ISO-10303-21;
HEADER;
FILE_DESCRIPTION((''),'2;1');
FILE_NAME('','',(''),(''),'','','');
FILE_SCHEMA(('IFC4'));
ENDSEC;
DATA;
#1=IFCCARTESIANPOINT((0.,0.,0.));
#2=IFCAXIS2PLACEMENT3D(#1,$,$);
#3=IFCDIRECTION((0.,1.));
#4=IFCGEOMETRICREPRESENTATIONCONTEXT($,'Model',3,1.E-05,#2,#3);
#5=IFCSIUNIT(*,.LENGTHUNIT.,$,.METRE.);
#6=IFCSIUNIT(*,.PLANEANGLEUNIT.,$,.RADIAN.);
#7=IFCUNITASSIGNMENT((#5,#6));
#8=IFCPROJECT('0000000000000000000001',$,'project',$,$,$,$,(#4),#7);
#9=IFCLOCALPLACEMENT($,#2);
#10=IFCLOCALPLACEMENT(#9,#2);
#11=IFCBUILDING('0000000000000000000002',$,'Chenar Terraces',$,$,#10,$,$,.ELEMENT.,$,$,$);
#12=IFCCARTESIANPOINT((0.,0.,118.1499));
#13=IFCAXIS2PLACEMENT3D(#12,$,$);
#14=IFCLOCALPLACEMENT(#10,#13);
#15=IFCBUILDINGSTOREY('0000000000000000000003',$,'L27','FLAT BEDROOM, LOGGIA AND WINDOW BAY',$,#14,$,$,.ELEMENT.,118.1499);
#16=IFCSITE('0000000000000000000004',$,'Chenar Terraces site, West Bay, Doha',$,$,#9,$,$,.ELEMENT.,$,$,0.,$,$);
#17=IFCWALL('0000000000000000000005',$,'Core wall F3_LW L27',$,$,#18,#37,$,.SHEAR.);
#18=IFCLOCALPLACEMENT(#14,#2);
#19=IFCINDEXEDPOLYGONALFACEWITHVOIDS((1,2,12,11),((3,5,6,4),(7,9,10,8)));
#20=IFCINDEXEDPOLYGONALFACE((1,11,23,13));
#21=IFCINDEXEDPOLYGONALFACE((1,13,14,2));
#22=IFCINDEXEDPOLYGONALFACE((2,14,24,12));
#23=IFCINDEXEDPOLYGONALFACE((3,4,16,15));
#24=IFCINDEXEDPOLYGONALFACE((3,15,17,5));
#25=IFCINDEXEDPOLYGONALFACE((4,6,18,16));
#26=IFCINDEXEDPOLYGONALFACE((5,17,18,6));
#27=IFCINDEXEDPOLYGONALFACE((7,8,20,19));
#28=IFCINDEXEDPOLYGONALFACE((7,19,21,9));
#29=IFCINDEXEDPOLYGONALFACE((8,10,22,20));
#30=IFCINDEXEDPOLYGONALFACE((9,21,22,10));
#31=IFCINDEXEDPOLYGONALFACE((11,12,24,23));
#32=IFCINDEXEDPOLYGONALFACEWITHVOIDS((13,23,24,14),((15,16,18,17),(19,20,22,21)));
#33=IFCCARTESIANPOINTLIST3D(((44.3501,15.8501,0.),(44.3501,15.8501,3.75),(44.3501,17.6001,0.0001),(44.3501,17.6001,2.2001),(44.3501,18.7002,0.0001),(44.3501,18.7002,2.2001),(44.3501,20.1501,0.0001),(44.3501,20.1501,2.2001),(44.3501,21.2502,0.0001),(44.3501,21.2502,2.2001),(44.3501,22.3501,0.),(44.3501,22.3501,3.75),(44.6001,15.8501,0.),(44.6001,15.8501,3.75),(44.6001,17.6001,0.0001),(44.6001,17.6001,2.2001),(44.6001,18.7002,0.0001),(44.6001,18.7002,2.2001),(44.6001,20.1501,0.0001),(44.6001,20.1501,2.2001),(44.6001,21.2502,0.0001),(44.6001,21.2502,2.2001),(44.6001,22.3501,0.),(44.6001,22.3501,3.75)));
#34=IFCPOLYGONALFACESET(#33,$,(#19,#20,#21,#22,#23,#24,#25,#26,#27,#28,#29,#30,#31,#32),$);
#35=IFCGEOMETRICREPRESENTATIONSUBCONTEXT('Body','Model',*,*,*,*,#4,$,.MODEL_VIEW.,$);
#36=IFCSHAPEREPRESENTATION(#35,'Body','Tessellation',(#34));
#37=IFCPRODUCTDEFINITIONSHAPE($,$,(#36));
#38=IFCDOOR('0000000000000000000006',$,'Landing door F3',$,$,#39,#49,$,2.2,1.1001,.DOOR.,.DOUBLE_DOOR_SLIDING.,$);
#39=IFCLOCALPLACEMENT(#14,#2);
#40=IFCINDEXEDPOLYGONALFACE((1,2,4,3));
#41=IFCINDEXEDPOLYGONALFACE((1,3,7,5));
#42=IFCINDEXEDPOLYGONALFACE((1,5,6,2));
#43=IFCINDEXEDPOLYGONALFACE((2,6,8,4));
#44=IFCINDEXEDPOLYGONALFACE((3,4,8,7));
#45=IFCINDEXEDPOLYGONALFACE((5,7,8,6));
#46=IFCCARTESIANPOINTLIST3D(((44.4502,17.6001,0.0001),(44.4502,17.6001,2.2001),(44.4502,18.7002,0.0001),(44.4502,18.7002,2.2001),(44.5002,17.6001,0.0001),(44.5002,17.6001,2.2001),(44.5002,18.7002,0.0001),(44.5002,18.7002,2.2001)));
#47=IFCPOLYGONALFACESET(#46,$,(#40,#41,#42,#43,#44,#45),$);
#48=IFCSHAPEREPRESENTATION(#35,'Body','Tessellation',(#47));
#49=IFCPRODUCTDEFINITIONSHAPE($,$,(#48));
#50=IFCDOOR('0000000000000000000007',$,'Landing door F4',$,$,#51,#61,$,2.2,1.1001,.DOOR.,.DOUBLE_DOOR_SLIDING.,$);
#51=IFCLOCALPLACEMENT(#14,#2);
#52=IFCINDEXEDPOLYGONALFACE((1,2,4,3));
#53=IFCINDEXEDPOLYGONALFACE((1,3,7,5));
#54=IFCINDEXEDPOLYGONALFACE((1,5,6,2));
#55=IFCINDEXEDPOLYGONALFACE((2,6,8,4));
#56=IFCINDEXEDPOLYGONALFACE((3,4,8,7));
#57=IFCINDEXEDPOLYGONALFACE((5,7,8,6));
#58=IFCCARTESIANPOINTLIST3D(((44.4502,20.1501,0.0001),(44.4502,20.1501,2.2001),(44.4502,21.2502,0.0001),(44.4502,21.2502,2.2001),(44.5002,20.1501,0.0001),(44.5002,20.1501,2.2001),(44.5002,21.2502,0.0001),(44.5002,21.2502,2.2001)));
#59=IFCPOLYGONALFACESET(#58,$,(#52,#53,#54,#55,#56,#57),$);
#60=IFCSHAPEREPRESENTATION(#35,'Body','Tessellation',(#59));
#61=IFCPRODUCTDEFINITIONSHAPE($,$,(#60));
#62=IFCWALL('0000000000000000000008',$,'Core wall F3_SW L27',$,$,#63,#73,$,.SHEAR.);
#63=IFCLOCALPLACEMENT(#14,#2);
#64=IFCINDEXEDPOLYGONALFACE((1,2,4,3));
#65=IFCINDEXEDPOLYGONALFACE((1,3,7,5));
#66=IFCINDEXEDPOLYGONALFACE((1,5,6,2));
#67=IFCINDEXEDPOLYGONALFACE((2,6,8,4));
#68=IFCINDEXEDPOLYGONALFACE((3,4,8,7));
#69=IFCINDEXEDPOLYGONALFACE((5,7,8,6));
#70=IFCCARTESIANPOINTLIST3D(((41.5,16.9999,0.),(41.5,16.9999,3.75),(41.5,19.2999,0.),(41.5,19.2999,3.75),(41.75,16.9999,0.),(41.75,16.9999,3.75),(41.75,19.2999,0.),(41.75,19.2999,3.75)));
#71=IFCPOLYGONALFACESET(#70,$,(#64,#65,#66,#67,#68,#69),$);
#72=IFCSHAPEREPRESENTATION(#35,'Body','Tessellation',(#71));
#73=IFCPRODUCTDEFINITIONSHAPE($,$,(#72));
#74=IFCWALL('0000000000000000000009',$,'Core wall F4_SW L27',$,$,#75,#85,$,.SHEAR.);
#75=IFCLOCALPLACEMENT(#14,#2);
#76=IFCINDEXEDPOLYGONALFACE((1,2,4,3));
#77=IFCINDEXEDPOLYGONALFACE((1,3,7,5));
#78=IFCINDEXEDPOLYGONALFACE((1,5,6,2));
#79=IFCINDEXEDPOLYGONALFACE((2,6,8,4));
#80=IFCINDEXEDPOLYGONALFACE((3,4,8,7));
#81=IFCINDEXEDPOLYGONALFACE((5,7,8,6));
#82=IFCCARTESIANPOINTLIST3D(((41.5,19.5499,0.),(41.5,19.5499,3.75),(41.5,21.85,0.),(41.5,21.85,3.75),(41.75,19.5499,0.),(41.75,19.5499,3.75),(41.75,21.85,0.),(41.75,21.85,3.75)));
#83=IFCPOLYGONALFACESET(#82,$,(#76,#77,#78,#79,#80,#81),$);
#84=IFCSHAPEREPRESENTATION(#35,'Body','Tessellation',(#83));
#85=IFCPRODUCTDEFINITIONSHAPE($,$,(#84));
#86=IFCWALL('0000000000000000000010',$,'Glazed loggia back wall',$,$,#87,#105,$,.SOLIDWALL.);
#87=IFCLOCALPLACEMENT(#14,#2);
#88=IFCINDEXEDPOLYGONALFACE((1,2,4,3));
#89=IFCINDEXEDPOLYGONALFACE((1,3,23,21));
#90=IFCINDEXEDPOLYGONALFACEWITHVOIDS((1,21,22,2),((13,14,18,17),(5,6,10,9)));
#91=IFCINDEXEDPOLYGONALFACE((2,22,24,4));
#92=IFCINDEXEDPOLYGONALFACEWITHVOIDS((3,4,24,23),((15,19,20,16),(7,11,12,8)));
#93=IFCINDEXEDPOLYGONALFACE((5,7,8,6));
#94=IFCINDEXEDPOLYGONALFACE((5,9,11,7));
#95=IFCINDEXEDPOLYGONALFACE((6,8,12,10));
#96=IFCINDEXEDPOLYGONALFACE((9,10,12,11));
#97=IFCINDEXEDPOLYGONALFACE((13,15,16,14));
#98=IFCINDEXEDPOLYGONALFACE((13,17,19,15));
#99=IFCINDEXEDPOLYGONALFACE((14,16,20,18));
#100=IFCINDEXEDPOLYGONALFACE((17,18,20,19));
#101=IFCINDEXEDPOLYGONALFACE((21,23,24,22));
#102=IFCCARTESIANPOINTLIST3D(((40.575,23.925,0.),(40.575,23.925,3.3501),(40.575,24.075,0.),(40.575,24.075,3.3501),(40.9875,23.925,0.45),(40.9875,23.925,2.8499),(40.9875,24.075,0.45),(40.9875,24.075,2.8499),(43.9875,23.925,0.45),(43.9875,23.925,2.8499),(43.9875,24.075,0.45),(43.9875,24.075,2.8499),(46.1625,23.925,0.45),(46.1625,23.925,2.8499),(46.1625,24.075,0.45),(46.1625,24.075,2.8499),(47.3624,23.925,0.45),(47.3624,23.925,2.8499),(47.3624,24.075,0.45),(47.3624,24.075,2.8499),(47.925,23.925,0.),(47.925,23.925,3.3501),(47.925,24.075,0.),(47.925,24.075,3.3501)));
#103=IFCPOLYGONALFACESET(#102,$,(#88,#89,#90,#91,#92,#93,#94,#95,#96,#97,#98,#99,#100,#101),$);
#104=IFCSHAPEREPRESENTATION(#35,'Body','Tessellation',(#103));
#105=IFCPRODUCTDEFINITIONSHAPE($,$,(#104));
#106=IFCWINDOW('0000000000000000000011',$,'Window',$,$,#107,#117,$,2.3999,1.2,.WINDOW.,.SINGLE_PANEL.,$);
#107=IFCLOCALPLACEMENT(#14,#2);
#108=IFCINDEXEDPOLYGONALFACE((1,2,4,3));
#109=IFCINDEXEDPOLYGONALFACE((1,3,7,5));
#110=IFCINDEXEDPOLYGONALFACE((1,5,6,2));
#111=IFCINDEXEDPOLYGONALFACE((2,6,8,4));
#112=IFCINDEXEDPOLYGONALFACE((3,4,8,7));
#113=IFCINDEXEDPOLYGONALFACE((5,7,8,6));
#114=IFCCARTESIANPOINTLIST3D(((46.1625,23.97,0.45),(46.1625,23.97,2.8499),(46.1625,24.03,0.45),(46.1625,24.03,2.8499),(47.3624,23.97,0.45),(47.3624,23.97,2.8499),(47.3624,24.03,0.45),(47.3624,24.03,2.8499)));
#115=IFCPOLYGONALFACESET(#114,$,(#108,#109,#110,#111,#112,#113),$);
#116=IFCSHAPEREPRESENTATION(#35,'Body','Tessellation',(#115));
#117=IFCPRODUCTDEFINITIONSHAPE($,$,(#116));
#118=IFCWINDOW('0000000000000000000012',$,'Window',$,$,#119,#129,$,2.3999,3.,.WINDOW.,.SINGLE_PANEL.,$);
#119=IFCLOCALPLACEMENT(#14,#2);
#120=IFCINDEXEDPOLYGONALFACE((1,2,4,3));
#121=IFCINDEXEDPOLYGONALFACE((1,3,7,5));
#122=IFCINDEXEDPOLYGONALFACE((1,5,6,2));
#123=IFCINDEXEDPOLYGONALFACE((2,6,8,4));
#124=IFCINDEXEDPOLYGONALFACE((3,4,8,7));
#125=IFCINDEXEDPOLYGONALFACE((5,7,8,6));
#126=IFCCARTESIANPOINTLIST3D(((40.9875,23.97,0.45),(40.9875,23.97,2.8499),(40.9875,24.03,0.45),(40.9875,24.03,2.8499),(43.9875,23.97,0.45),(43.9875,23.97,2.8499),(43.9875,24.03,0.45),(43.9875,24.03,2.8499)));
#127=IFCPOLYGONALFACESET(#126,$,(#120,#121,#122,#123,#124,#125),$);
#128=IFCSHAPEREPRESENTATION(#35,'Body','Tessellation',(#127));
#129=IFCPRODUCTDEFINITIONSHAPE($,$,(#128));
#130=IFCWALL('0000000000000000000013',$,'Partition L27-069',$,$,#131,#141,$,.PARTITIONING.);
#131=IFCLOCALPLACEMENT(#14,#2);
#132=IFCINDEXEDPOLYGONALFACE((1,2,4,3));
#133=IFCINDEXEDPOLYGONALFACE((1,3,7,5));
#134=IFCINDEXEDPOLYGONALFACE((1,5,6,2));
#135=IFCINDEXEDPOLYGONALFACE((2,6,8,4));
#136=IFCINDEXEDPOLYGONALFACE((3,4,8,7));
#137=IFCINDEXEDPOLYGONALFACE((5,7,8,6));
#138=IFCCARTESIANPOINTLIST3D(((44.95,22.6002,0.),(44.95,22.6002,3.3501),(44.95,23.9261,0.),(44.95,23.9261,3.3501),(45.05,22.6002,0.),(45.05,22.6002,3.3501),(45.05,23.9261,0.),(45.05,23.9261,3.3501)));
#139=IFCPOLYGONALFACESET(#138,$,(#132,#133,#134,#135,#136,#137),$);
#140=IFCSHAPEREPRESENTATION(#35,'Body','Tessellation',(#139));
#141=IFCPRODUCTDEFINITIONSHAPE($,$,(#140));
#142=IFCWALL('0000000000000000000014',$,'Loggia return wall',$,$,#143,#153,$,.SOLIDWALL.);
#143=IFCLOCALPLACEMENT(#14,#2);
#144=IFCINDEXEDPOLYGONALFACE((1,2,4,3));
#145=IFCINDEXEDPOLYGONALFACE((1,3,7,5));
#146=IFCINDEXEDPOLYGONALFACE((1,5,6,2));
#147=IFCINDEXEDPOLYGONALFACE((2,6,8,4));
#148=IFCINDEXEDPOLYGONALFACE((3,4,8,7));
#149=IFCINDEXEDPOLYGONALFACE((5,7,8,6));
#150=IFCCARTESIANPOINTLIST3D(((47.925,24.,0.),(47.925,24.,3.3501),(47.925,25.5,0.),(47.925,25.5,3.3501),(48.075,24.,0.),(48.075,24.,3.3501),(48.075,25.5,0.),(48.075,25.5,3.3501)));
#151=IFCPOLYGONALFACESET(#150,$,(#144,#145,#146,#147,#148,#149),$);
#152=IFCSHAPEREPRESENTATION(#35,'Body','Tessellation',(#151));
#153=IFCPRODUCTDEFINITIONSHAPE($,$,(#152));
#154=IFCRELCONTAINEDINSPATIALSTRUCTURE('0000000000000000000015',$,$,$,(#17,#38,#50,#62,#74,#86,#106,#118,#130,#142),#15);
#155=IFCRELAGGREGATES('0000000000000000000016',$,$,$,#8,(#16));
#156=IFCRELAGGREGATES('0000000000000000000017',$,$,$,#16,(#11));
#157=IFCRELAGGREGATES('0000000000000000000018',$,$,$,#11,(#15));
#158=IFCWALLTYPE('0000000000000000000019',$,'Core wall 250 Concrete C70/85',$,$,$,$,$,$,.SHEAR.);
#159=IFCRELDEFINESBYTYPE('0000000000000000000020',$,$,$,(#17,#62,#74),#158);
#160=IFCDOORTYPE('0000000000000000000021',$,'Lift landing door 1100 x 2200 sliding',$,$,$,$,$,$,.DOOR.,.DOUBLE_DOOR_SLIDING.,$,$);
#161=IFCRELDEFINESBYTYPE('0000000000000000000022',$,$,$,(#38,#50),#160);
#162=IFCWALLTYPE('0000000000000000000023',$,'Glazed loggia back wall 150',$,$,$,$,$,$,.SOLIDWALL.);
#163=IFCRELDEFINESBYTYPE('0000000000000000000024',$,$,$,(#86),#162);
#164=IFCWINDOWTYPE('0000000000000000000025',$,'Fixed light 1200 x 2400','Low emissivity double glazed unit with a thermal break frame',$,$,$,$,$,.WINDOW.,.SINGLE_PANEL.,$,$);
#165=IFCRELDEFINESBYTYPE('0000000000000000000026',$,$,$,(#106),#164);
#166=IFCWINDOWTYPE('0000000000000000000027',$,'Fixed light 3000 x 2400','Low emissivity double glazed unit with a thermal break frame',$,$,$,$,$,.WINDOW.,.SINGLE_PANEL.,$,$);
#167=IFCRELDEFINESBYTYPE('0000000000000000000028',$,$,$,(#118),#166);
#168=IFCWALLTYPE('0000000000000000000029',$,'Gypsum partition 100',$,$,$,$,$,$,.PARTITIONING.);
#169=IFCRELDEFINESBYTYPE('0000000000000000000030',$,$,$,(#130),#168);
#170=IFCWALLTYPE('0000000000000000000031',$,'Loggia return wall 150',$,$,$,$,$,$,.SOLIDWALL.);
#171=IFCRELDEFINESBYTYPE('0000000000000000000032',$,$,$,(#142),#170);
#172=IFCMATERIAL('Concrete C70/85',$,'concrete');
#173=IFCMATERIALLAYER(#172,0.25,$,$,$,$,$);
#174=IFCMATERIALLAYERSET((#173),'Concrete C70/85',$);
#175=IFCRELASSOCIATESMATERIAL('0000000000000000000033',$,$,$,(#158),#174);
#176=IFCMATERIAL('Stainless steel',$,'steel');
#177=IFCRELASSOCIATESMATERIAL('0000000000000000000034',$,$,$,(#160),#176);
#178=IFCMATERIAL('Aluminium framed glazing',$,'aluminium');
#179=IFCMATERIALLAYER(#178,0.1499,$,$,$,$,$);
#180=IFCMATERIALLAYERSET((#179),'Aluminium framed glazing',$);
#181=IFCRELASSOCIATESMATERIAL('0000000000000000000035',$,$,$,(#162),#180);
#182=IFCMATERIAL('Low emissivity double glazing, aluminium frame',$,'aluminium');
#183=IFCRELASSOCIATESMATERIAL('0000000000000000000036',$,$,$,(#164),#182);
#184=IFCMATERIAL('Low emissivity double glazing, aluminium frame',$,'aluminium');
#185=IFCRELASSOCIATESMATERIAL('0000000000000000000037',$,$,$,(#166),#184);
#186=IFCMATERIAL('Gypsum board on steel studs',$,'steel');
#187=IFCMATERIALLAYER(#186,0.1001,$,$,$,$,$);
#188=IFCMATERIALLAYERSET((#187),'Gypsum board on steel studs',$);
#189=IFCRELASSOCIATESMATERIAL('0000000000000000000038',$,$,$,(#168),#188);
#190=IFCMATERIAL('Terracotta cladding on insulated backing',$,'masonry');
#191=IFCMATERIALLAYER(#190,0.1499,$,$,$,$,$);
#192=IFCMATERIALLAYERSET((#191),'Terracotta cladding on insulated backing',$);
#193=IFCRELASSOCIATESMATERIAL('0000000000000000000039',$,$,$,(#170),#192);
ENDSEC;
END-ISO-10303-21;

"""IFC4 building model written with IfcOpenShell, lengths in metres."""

from ifc_helpers import new_model, si_unit, direction, frame, frame_2d, origin, place, context, subcontext, project, spatial, rectangle, extrude, material, layer, layer_set, type_object, element, fill, save


model = new_model("IFC4")

# Units and contexts
model_context = context("Model", 3, precision=1e-05, world=origin(), true_north=direction((0.0, 1.0)))
body_context = subcontext(model_context, "Body", "Model", "MODEL_VIEW")
ifc_project = project(units=[si_unit("LENGTHUNIT", "METRE"), si_unit("PLANEANGLEUNIT", "RADIAN")], contexts=[model_context])

# Site, building, storey
site_placement = place(None, origin())
site = spatial("IfcSite", under=ifc_project, at=site_placement, Name="Chenar Terraces site, West Bay, Doha", CompositionType="ELEMENT", RefElevation=0.0)
building_placement = place(site_placement, origin())
building = spatial("IfcBuilding", under=site, at=building_placement, Name="Chenar Terraces", CompositionType="ELEMENT")
storey_placement = place(building_placement, frame((0.0, 0.0, 118.1499)))
storey = spatial("IfcBuildingStorey", under=building, at=storey_placement, Name="L27", Description="FLAT BEDROOM, LOGGIA AND WINDOW BAY", CompositionType="ELEMENT", Elevation=118.1499)

# Shared definitions
ifc_material_1 = material(Name="Concrete C70/85", Category="concrete")
ifc_layer_1 = layer(ifc_material_1, 0.25)
ifc_layer_set_1 = layer_set([ifc_layer_1], Name="Concrete C70/85")
wall_type_1 = type_object("IfcWallType", Name="Core wall 250 Concrete C70/85", PredefinedType="SHEAR", material=ifc_layer_set_1)

# Wall, openings, doors
wall_1_placement = place(storey_placement, frame((44.4751, 15.8501, 0.0), z_axis=(0.0, 0.0, 1.0), x_axis=(0.0, 1.0, 0.0)))
wall_1 = element("IfcWall", 1, at=wall_1_placement, inside=storey, type_object=wall_type_1, Name="Core wall F3_LW L27", PredefinedType="SHEAR", context=body_context, shape_type="SweptSolid", body=[
    extrude(rectangle(XDim=6.5, YDim=0.25, at=frame_2d((3.25, 0.0))), origin(), (0.0, 0.0, 1.0), 3.75),
])
opening_1_placement = place(wall_1_placement, frame((1.75, 0.0, 0.0)))
opening_1 = element("IfcOpeningElement", 2, at=opening_1_placement, cuts=wall_1, PredefinedType="OPENING", context=body_context, shape_type="SweptSolid", body=[
    extrude(rectangle(XDim=1.1001, YDim=2.2, at=frame_2d((0.55, 1.1001))), frame((0.0, 0.135, 0.0), z_axis=(0.0, -1.0, 0.0), x_axis=(1.0, 0.0, 0.0)), (0.0, 0.0, 1.0), 0.27),
])
opening_2_placement = place(wall_1_placement, frame((4.3, 0.0, 0.0)))
opening_2 = element("IfcOpeningElement", 3, at=opening_2_placement, cuts=wall_1, PredefinedType="OPENING", context=body_context, shape_type="SweptSolid", body=[
    extrude(rectangle(XDim=1.1001, YDim=2.2, at=frame_2d((0.55, 1.1001))), frame((0.0, 0.135, 0.0), z_axis=(0.0, -1.0, 0.0), x_axis=(1.0, 0.0, 0.0)), (0.0, 0.0, 1.0), 0.27),
])
ifc_material_2 = material(Name="Stainless steel", Category="steel")
door_type_1 = type_object("IfcDoorType", Name="Lift landing door 1100 x 2200 sliding", OperationType="DOUBLE_DOOR_SLIDING", PredefinedType="DOOR", material=ifc_material_2)
door_1_placement = place(opening_1_placement, origin())
door_1 = element("IfcDoor", 4, at=door_1_placement, inside=storey, type_object=door_type_1, Name="Landing door F3", OperationType="DOUBLE_DOOR_SLIDING", OverallHeight=2.2, OverallWidth=1.1001, PredefinedType="DOOR", context=body_context, shape_type="SweptSolid", body=[
    extrude(rectangle(XDim=1.1001, YDim=2.2, at=frame_2d((0.55, 1.1001))), frame((0.0, 0.0249, 0.0), z_axis=(0.0, -1.0, 0.0), x_axis=(1.0, 0.0, 0.0)), (0.0, 0.0, 1.0), 0.05),
])
fill(opening_1, door_1)
door_2_placement = place(opening_2_placement, origin())
door_2 = element("IfcDoor", 5, at=door_2_placement, inside=storey, type_object=door_type_1, Name="Landing door F4", OperationType="DOUBLE_DOOR_SLIDING", OverallHeight=2.2, OverallWidth=1.1001, PredefinedType="DOOR", context=body_context, shape_type="SweptSolid", body=[
    extrude(rectangle(XDim=1.1001, YDim=2.2, at=frame_2d((0.55, 1.1001))), frame((0.0, 0.0249, 0.0), z_axis=(0.0, -1.0, 0.0), x_axis=(1.0, 0.0, 0.0)), (0.0, 0.0, 1.0), 0.05),
])
fill(opening_2, door_2)

# Walls
for number, where, z_axis, x_axis, name in (
    (6, (41.625, 17.0, 0.0), (0.0, 0.0, 1.0), (0.0, 1.0, 0.0), "Core wall F3_SW L27"),
    (7, (41.625, 19.55, 0.0), (0.0, 0.0, 1.0), (0.0, 1.0, 0.0), "Core wall F4_SW L27"),
):
    element("IfcWall", number, at=place(storey_placement, frame(where, z_axis=z_axis, x_axis=x_axis)), inside=storey, type_object=wall_type_1, Name=name, PredefinedType="SHEAR", context=body_context, shape_type="SweptSolid", body=[
        extrude(rectangle(XDim=2.3, YDim=0.25, at=frame_2d((1.1499, 0.0))), origin(), (0.0, 0.0, 1.0), 3.75),
    ])

# Wall, openings, windows
ifc_material_3 = material(Name="Aluminium framed glazing", Category="aluminium")
ifc_layer_2 = layer(ifc_material_3, 0.1499)
ifc_layer_set_2 = layer_set([ifc_layer_2], Name="Aluminium framed glazing")
wall_type_2 = type_object("IfcWallType", Name="Glazed loggia back wall 150", PredefinedType="SOLIDWALL", material=ifc_layer_set_2)
wall_2_placement = place(storey_placement, frame((47.925, 24.0, 0.0), z_axis=(0.0, 0.0, 1.0), x_axis=(-1.0, 0.0, 0.0)))
wall_2 = element("IfcWall", 8, at=wall_2_placement, inside=storey, type_object=wall_type_2, Name="Glazed loggia back wall", PredefinedType="SOLIDWALL", context=body_context, shape_type="SweptSolid", body=[
    extrude(rectangle(XDim=7.3501, YDim=0.1499, at=frame_2d((3.675, 0.0))), origin(), (0.0, 0.0, 1.0), 3.3501),
])
opening_3_placement = place(wall_2_placement, frame((0.5625, 0.0, 0.45)))
opening_3 = element("IfcOpeningElement", 9, at=opening_3_placement, cuts=wall_2, PredefinedType="OPENING", context=body_context, shape_type="SweptSolid", body=[
    extrude(rectangle(XDim=1.2, YDim=2.3999, at=frame_2d((0.6001, 1.2))), frame((0.0, 0.085, 0.0), z_axis=(0.0, -1.0, 0.0), x_axis=(1.0, 0.0, 0.0)), (0.0, 0.0, 1.0), 0.1699),
])
opening_4_placement = place(wall_2_placement, frame((3.9375, 0.0, 0.45)))
opening_4 = element("IfcOpeningElement", 10, at=opening_4_placement, cuts=wall_2, PredefinedType="OPENING", context=body_context, shape_type="SweptSolid", body=[
    extrude(rectangle(XDim=3.0, YDim=2.3999, at=frame_2d((1.5, 1.2))), frame((0.0, 0.085, 0.0), z_axis=(0.0, -1.0, 0.0), x_axis=(1.0, 0.0, 0.0)), (0.0, 0.0, 1.0), 0.1699),
])
ifc_material_4 = material(Name="Low emissivity double glazing, aluminium frame", Category="aluminium")
window_type_1 = type_object("IfcWindowType", Name="Fixed light 1200 x 2400", Description="Low emissivity double glazed unit with a thermal break frame", PartitioningType="SINGLE_PANEL", PredefinedType="WINDOW", material=ifc_material_4)
window_1_placement = place(opening_3_placement, origin())
window_1 = element("IfcWindow", 11, at=window_1_placement, inside=storey, type_object=window_type_1, Name="Window", OverallHeight=2.3999, OverallWidth=1.2, PartitioningType="SINGLE_PANEL", PredefinedType="WINDOW", context=body_context, shape_type="SweptSolid", body=[
    extrude(rectangle(XDim=1.2, YDim=2.3999, at=frame_2d((0.6001, 1.2))), frame((0.0, 0.03, 0.0), z_axis=(0.0, -1.0, 0.0), x_axis=(1.0, 0.0, 0.0)), (0.0, 0.0, 1.0), 0.0601),
])
fill(opening_3, window_1)
ifc_material_5 = material(Name="Low emissivity double glazing, aluminium frame", Category="aluminium")
window_type_2 = type_object("IfcWindowType", Name="Fixed light 3000 x 2400", Description="Low emissivity double glazed unit with a thermal break frame", PartitioningType="SINGLE_PANEL", PredefinedType="WINDOW", material=ifc_material_5)
window_2_placement = place(opening_4_placement, origin())
window_2 = element("IfcWindow", 12, at=window_2_placement, inside=storey, type_object=window_type_2, Name="Window", OverallHeight=2.3999, OverallWidth=3.0, PartitioningType="SINGLE_PANEL", PredefinedType="WINDOW", context=body_context, shape_type="SweptSolid", body=[
    extrude(rectangle(XDim=3.0, YDim=2.3999, at=frame_2d((1.5, 1.2))), frame((0.0, 0.03, 0.0), z_axis=(0.0, -1.0, 0.0), x_axis=(1.0, 0.0, 0.0)), (0.0, 0.0, 1.0), 0.0601),
])
fill(opening_4, window_2)

# Walls
ifc_material_6 = material(Name="Gypsum board on steel studs", Category="steel")
ifc_layer_3 = layer(ifc_material_6, 0.1001)
ifc_layer_set_3 = layer_set([ifc_layer_3], Name="Gypsum board on steel studs")
wall_type_3 = type_object("IfcWallType", Name="Gypsum partition 100", PredefinedType="PARTITIONING", material=ifc_layer_set_3)
wall_3_placement = place(storey_placement, frame((45.0, 22.6001, 0.0), z_axis=(0.0, 0.0, 1.0), x_axis=(0.0, 1.0, 0.0)))
element("IfcWall", 13, at=wall_3_placement, inside=storey, type_object=wall_type_3, Name="Partition L27-069", PredefinedType="PARTITIONING", context=body_context, shape_type="SweptSolid", body=[
    extrude(rectangle(XDim=1.3259, YDim=0.1001, at=frame_2d((0.6631, 0.0))), origin(), (0.0, 0.0, 1.0), 3.3501),
])
ifc_material_7 = material(Name="Terracotta cladding on insulated backing", Category="masonry")
ifc_layer_4 = layer(ifc_material_7, 0.1499)
ifc_layer_set_4 = layer_set([ifc_layer_4], Name="Terracotta cladding on insulated backing")
wall_type_4 = type_object("IfcWallType", Name="Loggia return wall 150", PredefinedType="SOLIDWALL", material=ifc_layer_set_4)
wall_4_placement = place(storey_placement, frame((48.0, 25.5, 0.0), z_axis=(0.0, 0.0, 1.0), x_axis=(0.0, -1.0, 0.0)))
element("IfcWall", 14, at=wall_4_placement, inside=storey, type_object=wall_type_4, Name="Loggia return wall", PredefinedType="SOLIDWALL", context=body_context, shape_type="SweptSolid", body=[
    extrude(rectangle(XDim=1.5, YDim=0.1499, at=frame_2d((0.75, 0.0))), origin(), (0.0, 0.0, 1.0), 3.3501),
])

save(model, "model.ifc")
